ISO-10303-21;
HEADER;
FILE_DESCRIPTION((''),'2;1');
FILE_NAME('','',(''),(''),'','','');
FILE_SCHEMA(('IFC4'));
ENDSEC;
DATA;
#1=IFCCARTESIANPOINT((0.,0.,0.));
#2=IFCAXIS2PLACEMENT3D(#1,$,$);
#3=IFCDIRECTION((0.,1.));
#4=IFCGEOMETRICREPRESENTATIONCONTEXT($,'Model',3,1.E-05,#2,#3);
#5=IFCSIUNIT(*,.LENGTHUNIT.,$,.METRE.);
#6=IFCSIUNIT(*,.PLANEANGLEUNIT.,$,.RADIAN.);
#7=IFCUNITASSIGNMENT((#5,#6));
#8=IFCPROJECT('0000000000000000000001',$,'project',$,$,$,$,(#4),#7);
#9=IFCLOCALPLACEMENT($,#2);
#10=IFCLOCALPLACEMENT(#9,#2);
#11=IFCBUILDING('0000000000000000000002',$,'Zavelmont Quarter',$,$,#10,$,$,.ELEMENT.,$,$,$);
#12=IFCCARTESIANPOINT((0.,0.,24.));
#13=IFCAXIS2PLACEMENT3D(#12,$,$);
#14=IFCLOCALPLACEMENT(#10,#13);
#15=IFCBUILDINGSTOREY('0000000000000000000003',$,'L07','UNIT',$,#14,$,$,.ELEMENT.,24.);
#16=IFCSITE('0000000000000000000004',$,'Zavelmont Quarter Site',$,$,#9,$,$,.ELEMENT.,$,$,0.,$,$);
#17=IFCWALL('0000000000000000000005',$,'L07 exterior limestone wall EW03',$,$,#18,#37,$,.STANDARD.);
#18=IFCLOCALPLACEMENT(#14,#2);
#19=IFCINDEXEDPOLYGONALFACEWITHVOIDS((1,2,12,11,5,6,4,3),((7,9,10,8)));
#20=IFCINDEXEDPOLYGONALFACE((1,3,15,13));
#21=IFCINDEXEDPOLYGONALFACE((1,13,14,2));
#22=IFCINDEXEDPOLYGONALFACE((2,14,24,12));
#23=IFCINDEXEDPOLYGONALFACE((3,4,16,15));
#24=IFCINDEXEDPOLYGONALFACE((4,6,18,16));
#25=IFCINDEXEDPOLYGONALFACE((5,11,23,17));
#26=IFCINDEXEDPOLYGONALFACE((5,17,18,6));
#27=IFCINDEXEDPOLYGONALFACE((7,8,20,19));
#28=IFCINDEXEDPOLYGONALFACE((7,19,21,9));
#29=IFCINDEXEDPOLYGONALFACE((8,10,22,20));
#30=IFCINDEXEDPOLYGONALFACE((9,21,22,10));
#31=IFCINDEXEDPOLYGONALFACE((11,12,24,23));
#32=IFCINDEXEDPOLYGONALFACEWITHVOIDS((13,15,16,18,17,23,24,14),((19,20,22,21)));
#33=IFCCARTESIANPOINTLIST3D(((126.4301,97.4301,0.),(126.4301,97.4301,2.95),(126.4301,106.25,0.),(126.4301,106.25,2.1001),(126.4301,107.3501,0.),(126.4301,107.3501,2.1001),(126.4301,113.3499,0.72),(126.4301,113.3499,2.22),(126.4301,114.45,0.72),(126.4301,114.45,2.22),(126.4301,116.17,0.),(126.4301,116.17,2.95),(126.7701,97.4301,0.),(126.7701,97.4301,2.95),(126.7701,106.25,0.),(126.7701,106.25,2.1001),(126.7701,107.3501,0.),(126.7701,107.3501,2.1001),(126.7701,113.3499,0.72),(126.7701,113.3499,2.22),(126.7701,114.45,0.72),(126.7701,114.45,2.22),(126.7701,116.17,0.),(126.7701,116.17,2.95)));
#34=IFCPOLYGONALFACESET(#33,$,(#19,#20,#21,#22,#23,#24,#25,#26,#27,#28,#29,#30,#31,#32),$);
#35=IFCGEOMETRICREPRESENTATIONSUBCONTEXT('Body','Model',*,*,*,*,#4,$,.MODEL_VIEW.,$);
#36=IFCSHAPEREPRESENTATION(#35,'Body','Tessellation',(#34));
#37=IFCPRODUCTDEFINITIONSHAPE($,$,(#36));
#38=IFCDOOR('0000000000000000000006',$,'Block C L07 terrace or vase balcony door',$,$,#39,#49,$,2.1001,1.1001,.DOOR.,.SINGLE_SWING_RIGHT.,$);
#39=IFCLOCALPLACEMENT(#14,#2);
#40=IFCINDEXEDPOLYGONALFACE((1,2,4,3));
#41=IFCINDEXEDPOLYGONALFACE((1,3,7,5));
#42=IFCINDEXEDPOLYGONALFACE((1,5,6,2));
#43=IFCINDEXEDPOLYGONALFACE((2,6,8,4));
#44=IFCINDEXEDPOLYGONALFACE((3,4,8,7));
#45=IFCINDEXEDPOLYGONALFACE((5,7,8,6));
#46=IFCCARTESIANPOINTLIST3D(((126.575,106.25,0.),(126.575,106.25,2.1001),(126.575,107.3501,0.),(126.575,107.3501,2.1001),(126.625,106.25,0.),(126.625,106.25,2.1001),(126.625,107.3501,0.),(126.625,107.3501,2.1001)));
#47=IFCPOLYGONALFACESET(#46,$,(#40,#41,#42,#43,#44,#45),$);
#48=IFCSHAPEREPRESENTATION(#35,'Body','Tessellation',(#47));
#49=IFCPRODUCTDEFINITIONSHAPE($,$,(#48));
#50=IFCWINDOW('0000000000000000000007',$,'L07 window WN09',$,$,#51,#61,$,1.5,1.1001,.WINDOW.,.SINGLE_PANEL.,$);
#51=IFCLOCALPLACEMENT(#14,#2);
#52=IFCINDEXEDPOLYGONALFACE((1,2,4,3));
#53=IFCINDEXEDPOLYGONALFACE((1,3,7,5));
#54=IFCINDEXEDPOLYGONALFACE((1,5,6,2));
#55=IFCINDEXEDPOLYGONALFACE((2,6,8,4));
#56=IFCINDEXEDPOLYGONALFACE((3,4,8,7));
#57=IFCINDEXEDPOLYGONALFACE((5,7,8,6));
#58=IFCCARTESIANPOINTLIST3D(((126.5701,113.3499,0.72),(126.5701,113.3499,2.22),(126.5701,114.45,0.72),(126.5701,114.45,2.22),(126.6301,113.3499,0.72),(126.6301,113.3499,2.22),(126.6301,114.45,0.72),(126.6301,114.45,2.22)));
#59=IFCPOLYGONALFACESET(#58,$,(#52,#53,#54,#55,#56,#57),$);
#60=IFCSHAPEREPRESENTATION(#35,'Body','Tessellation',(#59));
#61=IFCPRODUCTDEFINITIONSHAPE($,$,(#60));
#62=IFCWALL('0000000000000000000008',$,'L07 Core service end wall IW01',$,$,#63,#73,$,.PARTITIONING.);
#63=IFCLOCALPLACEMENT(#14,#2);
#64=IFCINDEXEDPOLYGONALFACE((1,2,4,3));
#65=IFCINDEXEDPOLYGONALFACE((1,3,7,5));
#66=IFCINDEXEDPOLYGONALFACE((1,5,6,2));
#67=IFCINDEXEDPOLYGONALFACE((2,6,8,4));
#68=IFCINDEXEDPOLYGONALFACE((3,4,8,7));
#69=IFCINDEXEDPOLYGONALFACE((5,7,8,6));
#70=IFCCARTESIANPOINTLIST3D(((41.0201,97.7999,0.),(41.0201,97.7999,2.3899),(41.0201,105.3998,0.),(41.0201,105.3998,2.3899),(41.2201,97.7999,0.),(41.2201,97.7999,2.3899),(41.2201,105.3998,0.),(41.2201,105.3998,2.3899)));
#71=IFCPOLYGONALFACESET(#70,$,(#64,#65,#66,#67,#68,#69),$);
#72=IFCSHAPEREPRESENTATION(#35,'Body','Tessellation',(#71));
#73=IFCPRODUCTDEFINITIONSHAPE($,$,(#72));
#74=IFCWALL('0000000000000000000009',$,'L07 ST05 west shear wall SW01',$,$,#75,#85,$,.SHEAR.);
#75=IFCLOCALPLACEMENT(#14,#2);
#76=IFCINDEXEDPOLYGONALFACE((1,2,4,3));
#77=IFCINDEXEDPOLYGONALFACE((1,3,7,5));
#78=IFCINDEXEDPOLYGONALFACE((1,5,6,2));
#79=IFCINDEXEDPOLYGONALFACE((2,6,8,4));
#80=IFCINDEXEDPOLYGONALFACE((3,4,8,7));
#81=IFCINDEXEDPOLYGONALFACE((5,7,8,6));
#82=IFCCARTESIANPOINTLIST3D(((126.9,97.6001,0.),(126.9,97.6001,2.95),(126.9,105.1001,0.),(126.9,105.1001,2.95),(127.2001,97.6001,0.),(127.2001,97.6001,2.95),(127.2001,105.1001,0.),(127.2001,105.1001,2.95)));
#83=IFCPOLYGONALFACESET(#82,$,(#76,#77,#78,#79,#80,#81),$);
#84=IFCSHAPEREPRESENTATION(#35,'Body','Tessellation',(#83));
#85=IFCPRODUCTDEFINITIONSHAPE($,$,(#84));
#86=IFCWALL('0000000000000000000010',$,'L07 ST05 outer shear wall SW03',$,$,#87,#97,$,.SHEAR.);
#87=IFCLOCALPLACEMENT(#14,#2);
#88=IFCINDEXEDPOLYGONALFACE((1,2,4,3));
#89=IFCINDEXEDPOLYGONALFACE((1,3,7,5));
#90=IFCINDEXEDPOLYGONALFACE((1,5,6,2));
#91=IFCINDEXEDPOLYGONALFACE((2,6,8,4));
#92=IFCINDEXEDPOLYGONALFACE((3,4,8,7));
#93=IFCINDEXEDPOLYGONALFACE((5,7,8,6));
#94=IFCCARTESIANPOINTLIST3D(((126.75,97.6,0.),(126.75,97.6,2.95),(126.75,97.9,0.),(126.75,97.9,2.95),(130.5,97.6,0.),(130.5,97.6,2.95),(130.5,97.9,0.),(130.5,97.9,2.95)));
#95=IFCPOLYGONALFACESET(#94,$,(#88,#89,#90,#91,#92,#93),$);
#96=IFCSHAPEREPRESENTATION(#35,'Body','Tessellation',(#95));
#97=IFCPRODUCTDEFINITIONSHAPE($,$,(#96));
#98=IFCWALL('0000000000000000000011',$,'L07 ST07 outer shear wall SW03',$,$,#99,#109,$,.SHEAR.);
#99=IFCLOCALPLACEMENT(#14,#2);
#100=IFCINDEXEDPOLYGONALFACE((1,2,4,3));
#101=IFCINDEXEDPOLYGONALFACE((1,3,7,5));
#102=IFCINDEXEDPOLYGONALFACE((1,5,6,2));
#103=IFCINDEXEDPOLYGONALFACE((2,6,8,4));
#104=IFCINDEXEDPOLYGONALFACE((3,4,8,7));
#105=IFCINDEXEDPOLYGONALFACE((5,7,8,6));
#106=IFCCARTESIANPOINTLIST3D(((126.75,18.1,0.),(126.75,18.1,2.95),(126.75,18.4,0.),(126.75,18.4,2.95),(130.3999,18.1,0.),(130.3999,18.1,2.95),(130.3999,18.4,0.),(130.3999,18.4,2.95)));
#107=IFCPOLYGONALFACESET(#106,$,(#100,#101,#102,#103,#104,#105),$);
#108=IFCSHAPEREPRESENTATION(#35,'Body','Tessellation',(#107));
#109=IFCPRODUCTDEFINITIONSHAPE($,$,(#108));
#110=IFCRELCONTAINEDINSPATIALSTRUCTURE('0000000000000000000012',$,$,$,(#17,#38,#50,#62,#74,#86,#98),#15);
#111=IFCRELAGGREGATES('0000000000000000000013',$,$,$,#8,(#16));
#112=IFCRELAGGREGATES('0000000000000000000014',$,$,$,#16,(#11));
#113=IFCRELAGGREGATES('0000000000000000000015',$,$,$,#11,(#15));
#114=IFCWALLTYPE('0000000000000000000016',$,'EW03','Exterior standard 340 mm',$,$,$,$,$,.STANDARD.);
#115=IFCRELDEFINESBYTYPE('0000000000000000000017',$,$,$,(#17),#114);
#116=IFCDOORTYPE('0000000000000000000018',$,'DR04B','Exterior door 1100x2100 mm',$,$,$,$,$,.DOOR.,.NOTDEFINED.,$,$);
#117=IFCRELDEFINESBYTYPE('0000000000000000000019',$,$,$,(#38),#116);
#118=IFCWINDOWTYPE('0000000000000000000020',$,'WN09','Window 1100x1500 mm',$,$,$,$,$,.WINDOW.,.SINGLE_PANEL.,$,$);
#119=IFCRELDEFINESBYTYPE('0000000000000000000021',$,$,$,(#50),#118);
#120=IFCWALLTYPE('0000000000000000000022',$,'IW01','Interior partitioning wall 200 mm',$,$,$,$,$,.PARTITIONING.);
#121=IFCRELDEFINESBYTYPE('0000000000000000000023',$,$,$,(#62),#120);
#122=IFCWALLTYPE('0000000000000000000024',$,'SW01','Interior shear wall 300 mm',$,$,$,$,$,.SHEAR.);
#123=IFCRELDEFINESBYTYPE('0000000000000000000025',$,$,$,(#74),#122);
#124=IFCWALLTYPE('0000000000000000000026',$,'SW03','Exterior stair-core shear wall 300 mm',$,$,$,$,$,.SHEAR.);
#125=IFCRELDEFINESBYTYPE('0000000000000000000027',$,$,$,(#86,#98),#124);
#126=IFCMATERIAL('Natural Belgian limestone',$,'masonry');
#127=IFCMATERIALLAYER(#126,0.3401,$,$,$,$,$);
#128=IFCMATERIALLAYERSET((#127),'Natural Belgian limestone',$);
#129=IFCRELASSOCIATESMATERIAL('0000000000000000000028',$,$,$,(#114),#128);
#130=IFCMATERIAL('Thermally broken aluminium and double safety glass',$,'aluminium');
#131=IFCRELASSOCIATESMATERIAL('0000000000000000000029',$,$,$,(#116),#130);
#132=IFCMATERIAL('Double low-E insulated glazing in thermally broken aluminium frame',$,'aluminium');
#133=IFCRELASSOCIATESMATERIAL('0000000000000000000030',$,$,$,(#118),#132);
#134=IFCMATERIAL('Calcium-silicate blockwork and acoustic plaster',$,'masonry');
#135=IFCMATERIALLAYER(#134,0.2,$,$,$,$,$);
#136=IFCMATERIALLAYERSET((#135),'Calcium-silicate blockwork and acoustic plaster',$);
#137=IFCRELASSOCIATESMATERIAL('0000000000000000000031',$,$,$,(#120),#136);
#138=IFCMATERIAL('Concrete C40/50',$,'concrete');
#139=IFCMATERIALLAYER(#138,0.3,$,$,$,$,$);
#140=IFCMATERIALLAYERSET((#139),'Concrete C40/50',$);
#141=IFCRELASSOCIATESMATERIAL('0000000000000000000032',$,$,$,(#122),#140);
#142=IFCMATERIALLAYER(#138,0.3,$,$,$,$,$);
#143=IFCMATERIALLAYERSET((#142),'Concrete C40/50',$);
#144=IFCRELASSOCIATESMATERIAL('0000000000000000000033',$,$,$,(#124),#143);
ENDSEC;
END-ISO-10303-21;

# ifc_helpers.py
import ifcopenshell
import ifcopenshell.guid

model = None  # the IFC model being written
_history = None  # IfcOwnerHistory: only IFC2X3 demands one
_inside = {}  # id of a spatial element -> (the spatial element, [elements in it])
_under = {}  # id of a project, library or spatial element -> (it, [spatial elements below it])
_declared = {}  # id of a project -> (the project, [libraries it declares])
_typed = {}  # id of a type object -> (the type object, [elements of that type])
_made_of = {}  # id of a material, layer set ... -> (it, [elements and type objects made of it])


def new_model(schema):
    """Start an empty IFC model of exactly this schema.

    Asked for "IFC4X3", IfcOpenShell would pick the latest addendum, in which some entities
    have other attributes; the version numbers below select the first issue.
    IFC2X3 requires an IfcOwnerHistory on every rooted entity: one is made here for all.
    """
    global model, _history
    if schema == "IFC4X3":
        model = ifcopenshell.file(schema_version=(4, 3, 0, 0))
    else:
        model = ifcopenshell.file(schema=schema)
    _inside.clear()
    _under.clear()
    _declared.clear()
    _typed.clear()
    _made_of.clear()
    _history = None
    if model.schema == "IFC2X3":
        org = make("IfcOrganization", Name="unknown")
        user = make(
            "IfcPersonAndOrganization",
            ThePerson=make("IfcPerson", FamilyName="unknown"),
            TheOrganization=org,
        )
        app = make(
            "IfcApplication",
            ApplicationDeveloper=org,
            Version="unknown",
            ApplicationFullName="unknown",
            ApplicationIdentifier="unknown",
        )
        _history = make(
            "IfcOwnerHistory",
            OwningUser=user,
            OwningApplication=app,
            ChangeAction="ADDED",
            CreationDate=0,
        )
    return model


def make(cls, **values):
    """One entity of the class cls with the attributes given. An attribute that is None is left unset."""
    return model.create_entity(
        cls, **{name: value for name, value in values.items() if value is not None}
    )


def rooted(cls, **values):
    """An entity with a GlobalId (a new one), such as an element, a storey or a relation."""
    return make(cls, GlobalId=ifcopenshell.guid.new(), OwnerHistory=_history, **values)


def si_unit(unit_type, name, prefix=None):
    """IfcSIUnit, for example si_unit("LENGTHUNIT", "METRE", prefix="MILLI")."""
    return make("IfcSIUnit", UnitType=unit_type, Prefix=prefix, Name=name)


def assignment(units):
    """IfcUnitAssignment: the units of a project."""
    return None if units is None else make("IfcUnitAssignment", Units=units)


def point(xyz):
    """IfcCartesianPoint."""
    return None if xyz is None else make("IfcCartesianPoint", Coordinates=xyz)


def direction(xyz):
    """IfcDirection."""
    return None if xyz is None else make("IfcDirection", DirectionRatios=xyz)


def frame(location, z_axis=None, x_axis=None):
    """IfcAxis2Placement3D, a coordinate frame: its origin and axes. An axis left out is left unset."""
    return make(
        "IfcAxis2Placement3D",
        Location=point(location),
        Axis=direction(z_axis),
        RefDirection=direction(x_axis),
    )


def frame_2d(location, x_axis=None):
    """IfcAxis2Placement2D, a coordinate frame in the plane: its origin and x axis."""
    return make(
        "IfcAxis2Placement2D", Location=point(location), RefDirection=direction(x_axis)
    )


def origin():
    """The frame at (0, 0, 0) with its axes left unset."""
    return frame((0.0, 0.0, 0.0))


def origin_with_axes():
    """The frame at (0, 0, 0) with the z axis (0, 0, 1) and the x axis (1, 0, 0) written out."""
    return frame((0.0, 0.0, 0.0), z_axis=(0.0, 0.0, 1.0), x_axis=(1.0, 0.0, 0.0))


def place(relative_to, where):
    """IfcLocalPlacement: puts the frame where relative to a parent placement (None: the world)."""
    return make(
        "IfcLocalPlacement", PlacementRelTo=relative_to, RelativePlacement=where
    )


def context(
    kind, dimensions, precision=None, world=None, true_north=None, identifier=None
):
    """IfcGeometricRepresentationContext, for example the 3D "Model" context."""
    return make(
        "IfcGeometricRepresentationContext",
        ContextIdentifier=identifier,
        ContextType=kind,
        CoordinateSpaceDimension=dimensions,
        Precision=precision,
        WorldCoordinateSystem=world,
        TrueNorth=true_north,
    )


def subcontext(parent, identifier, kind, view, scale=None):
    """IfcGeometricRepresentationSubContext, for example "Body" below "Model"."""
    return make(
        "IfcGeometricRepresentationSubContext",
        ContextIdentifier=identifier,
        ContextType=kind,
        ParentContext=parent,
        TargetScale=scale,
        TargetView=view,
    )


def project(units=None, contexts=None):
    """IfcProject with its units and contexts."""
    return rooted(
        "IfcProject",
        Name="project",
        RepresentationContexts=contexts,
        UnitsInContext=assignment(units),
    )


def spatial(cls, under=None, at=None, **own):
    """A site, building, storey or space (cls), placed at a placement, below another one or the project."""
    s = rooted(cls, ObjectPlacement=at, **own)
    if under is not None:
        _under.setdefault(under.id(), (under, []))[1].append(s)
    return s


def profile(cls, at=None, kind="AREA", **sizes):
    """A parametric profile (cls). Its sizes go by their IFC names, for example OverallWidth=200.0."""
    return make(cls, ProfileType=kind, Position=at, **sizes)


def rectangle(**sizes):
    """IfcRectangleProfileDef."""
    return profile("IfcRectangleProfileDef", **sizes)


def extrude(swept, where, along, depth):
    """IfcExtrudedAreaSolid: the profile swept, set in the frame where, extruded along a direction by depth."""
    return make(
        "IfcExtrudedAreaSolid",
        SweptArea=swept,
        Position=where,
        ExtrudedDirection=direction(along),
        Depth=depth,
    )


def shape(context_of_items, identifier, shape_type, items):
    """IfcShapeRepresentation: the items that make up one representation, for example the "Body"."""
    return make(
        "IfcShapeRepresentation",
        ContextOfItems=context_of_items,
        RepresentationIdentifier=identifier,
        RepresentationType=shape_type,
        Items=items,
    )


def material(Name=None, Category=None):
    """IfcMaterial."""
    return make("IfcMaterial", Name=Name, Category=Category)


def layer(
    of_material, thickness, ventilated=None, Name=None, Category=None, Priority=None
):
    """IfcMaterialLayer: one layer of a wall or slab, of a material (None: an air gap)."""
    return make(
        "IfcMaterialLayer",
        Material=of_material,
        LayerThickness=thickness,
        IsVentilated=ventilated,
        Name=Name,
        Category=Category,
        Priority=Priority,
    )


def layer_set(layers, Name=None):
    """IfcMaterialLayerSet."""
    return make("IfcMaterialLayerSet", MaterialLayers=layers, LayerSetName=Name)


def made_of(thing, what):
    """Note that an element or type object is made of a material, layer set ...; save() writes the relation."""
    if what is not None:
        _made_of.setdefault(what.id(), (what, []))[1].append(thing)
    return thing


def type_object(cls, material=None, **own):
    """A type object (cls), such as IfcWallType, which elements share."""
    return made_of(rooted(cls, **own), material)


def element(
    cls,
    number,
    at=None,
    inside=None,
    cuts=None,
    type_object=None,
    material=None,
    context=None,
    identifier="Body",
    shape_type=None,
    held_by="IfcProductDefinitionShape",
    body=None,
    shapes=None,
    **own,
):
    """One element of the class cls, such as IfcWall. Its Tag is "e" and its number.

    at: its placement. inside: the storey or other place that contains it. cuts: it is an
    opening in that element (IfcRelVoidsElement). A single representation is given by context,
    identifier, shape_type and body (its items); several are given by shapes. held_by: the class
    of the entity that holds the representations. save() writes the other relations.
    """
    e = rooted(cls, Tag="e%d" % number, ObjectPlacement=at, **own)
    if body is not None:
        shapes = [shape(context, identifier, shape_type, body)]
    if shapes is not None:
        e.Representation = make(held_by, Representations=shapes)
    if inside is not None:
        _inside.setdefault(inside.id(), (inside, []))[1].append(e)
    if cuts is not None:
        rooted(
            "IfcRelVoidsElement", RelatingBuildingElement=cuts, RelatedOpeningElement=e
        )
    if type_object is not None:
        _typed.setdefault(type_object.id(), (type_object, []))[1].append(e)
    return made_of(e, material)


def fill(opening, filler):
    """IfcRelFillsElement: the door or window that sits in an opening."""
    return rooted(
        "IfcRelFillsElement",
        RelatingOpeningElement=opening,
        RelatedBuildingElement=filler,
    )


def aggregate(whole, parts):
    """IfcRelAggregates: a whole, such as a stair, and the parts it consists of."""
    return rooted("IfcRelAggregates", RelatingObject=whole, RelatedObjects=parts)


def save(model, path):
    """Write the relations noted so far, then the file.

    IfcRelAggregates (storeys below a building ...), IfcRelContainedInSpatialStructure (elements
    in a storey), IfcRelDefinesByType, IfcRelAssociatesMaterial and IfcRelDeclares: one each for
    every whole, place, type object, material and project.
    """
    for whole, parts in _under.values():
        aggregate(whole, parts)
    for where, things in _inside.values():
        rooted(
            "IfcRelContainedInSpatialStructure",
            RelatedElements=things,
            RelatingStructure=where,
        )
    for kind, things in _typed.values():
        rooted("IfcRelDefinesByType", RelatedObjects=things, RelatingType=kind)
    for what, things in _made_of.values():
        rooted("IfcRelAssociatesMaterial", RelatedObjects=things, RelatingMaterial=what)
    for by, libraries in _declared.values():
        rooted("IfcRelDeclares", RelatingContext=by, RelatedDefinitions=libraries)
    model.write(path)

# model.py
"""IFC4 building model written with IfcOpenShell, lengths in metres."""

from ifc_helpers import new_model, si_unit, direction, frame, frame_2d, origin, origin_with_axes, place, context, subcontext, project, spatial, rectangle, extrude, material, layer, layer_set, type_object, element, fill, save


model = new_model("IFC4")

# Units and contexts
model_context = context("Model", 3, precision=1e-05, world=origin(), true_north=direction((0.0, 1.0)))
body_context = subcontext(model_context, "Body", "Model", "MODEL_VIEW")
ifc_project = project(units=[si_unit("LENGTHUNIT", "METRE"), si_unit("PLANEANGLEUNIT", "RADIAN")], contexts=[model_context])

# Site, building, storey
site_placement = place(None, origin())
site = spatial("IfcSite", under=ifc_project, at=site_placement, Name="Zavelmont Quarter Site", CompositionType="ELEMENT", RefElevation=0.0)
building_placement = place(site_placement, origin())
building = spatial("IfcBuilding", under=site, at=building_placement, Name="Zavelmont Quarter", CompositionType="ELEMENT")
storey_placement = place(building_placement, frame((0.0, 0.0, 24.0)))
storey = spatial("IfcBuildingStorey", under=building, at=storey_placement, Name="L07", Description="UNIT", CompositionType="ELEMENT", Elevation=24.0)

# Shared definitions
ifc_material_1 = material(Name="Concrete C40/50", Category="concrete")

# Shared definitions
ifc_material_2 = material(Name="Natural Belgian limestone", Category="masonry")
ifc_layer_1 = layer(ifc_material_2, 0.3401)
ifc_layer_set_1 = layer_set([ifc_layer_1], Name="Natural Belgian limestone")
wall_type_1 = type_object("IfcWallType", Name="EW03", Description="Exterior standard 340 mm", PredefinedType="STANDARD", material=ifc_layer_set_1)
ifc_material_3 = material(Name="Thermally broken aluminium and double safety glass", Category="aluminium")
door_type = type_object("IfcDoorType", Name="DR04B", Description="Exterior door 1100x2100 mm", OperationType="NOTDEFINED", PredefinedType="DOOR", material=ifc_material_3)
ifc_material_4 = material(Name="Double low-E insulated glazing in thermally broken aluminium frame", Category="aluminium")
window_type = type_object("IfcWindowType", Name="WN09", Description="Window 1100x1500 mm", PartitioningType="SINGLE_PANEL", PredefinedType="WINDOW", material=ifc_material_4)

# Wall, openings, door, window
wall_1_placement = place(storey_placement, frame((126.6001, 97.4299, 0.0), z_axis=(0.0, 0.0, 1.0), x_axis=(0.0, 1.0, 0.0)))
wall_1 = element("IfcWall", 1, at=wall_1_placement, inside=storey, type_object=wall_type_1, Name="L07 exterior limestone wall EW03", PredefinedType="STANDARD", context=body_context, shape_type="SweptSolid", body=[
    extrude(rectangle(XDim=18.74, YDim=0.3401, at=frame_2d((9.3701, 0.0))), origin(), (0.0, 0.0, 1.0), 2.95),
])
opening_1_placement = place(wall_1_placement, frame((8.8201, 0.0, 0.0)))
opening_1 = element("IfcOpeningElement", 2, at=opening_1_placement, cuts=wall_1, PredefinedType="OPENING", context=body_context, shape_type="SweptSolid", body=[
    extrude(rectangle(XDim=1.1001, YDim=2.1001, at=frame_2d((0.55, 1.05))), frame((0.0, 0.1821, 0.0), z_axis=(0.0, -1.0, 0.0), x_axis=(1.0, 0.0, 0.0)), (0.0, 0.0, 1.0), 0.364),
])
opening_2_placement = place(wall_1_placement, frame((15.9199, 0.0, 0.72)))
opening_2 = element("IfcOpeningElement", 3, at=opening_2_placement, cuts=wall_1, PredefinedType="OPENING", context=body_context, shape_type="SweptSolid", body=[
    extrude(rectangle(XDim=1.1001, YDim=1.5, at=frame_2d((0.55, 0.75))), frame((0.0, 0.1821, 0.0), z_axis=(0.0, -1.0, 0.0), x_axis=(1.0, 0.0, 0.0)), (0.0, 0.0, 1.0), 0.364),
])
door_1_placement = place(opening_1_placement, frame((1.1001, 0.0, 0.0), z_axis=(0.0, 0.0, 1.0), x_axis=(-1.0, 0.0, 0.0)))
door_1 = element("IfcDoor", 4, at=door_1_placement, inside=storey, type_object=door_type, Name="Block C L07 terrace or vase balcony door", OperationType="SINGLE_SWING_RIGHT", OverallHeight=2.1001, OverallWidth=1.1001, PredefinedType="DOOR", context=body_context, shape_type="SweptSolid", body=[
    extrude(rectangle(XDim=1.1001, YDim=2.1001, at=frame_2d((0.55, 1.05))), frame((0.0, 0.0249, 0.0), z_axis=(0.0, -1.0, 0.0), x_axis=(1.0, 0.0, 0.0)), (0.0, 0.0, 1.0), 0.05),
])
fill(opening_1, door_1)
window_1_placement = place(opening_2_placement, origin_with_axes())
window_1 = element("IfcWindow", 5, at=window_1_placement, inside=storey, type_object=window_type, Name="L07 window WN09", OverallHeight=1.5, OverallWidth=1.1001, PartitioningType="SINGLE_PANEL", PredefinedType="WINDOW", context=body_context, shape_type="SweptSolid", body=[
    extrude(rectangle(XDim=1.1001, YDim=1.5, at=frame_2d((0.55, 0.75))), frame((0.0, 0.03, 0.0), z_axis=(0.0, -1.0, 0.0), x_axis=(1.0, 0.0, 0.0)), (0.0, 0.0, 1.0), 0.0601),
])
fill(opening_2, window_1)

# Walls
ifc_material_5 = material(Name="Calcium-silicate blockwork and acoustic plaster", Category="masonry")
ifc_layer_2 = layer(ifc_material_5, 0.2)
ifc_layer_set_2 = layer_set([ifc_layer_2], Name="Calcium-silicate blockwork and acoustic plaster")
wall_type_2 = type_object("IfcWallType", Name="IW01", Description="Interior partitioning wall 200 mm", PredefinedType="PARTITIONING", material=ifc_layer_set_2)
wall_2_placement = place(storey_placement, frame((41.1201, 97.8, 0.0), z_axis=(0.0, 0.0, 1.0), x_axis=(0.0, 1.0, 0.0)))
element("IfcWall", 6, at=wall_2_placement, inside=storey, type_object=wall_type_2, Name="L07 Core service end wall IW01", PredefinedType="PARTITIONING", context=body_context, shape_type="SweptSolid", body=[
    extrude(rectangle(XDim=7.5999, YDim=0.2, at=frame_2d((3.7998, 0.0))), origin(), (0.0, 0.0, 1.0), 2.3899),
])
ifc_layer_3 = layer(ifc_material_1, 0.3)
ifc_layer_set_3 = layer_set([ifc_layer_3], Name="Concrete C40/50")
wall_type_3 = type_object("IfcWallType", Name="SW01", Description="Interior shear wall 300 mm", PredefinedType="SHEAR", material=ifc_layer_set_3)
wall_3_placement = place(storey_placement, frame((127.05, 97.6001, 0.0), z_axis=(0.0, 0.0, 1.0), x_axis=(0.0, 1.0, 0.0)))
element("IfcWall", 7, at=wall_3_placement, inside=storey, type_object=wall_type_3, Name="L07 ST05 west shear wall SW01", PredefinedType="SHEAR", context=body_context, shape_type="SweptSolid", body=[
    extrude(rectangle(XDim=7.5, YDim=0.3, at=frame_2d((3.75, 0.0))), origin(), (0.0, 0.0, 1.0), 2.95),
])
ifc_layer_4 = layer(ifc_material_1, 0.3)
ifc_layer_set_4 = layer_set([ifc_layer_4], Name="Concrete C40/50")
wall_type_4 = type_object("IfcWallType", Name="SW03", Description="Exterior stair-core shear wall 300 mm", PredefinedType="SHEAR", material=ifc_layer_set_4)
wall_4_placement = place(storey_placement, frame((126.75, 97.75, 0.0), z_axis=(0.0, 0.0, 1.0), x_axis=(1.0, 0.0, 0.0)))
element("IfcWall", 8, at=wall_4_placement, inside=storey, type_object=wall_type_4, Name="L07 ST05 outer shear wall SW03", PredefinedType="SHEAR", context=body_context, shape_type="SweptSolid", body=[
    extrude(rectangle(XDim=3.75, YDim=0.3, at=frame_2d((1.875, 0.0))), origin(), (0.0, 0.0, 1.0), 2.95),
])
wall_5_placement = place(storey_placement, frame((126.75, 18.25, 0.0), z_axis=(0.0, 0.0, 1.0), x_axis=(1.0, 0.0, 0.0)))
element("IfcWall", 9, at=wall_5_placement, inside=storey, type_object=wall_type_4, Name="L07 ST07 outer shear wall SW03", PredefinedType="SHEAR", context=body_context, shape_type="SweptSolid", body=[
    extrude(rectangle(XDim=3.6499, YDim=0.3, at=frame_2d((1.825, 0.0))), origin(), (0.0, 0.0, 1.0), 2.95),
])

save(model, "model.ifc")
